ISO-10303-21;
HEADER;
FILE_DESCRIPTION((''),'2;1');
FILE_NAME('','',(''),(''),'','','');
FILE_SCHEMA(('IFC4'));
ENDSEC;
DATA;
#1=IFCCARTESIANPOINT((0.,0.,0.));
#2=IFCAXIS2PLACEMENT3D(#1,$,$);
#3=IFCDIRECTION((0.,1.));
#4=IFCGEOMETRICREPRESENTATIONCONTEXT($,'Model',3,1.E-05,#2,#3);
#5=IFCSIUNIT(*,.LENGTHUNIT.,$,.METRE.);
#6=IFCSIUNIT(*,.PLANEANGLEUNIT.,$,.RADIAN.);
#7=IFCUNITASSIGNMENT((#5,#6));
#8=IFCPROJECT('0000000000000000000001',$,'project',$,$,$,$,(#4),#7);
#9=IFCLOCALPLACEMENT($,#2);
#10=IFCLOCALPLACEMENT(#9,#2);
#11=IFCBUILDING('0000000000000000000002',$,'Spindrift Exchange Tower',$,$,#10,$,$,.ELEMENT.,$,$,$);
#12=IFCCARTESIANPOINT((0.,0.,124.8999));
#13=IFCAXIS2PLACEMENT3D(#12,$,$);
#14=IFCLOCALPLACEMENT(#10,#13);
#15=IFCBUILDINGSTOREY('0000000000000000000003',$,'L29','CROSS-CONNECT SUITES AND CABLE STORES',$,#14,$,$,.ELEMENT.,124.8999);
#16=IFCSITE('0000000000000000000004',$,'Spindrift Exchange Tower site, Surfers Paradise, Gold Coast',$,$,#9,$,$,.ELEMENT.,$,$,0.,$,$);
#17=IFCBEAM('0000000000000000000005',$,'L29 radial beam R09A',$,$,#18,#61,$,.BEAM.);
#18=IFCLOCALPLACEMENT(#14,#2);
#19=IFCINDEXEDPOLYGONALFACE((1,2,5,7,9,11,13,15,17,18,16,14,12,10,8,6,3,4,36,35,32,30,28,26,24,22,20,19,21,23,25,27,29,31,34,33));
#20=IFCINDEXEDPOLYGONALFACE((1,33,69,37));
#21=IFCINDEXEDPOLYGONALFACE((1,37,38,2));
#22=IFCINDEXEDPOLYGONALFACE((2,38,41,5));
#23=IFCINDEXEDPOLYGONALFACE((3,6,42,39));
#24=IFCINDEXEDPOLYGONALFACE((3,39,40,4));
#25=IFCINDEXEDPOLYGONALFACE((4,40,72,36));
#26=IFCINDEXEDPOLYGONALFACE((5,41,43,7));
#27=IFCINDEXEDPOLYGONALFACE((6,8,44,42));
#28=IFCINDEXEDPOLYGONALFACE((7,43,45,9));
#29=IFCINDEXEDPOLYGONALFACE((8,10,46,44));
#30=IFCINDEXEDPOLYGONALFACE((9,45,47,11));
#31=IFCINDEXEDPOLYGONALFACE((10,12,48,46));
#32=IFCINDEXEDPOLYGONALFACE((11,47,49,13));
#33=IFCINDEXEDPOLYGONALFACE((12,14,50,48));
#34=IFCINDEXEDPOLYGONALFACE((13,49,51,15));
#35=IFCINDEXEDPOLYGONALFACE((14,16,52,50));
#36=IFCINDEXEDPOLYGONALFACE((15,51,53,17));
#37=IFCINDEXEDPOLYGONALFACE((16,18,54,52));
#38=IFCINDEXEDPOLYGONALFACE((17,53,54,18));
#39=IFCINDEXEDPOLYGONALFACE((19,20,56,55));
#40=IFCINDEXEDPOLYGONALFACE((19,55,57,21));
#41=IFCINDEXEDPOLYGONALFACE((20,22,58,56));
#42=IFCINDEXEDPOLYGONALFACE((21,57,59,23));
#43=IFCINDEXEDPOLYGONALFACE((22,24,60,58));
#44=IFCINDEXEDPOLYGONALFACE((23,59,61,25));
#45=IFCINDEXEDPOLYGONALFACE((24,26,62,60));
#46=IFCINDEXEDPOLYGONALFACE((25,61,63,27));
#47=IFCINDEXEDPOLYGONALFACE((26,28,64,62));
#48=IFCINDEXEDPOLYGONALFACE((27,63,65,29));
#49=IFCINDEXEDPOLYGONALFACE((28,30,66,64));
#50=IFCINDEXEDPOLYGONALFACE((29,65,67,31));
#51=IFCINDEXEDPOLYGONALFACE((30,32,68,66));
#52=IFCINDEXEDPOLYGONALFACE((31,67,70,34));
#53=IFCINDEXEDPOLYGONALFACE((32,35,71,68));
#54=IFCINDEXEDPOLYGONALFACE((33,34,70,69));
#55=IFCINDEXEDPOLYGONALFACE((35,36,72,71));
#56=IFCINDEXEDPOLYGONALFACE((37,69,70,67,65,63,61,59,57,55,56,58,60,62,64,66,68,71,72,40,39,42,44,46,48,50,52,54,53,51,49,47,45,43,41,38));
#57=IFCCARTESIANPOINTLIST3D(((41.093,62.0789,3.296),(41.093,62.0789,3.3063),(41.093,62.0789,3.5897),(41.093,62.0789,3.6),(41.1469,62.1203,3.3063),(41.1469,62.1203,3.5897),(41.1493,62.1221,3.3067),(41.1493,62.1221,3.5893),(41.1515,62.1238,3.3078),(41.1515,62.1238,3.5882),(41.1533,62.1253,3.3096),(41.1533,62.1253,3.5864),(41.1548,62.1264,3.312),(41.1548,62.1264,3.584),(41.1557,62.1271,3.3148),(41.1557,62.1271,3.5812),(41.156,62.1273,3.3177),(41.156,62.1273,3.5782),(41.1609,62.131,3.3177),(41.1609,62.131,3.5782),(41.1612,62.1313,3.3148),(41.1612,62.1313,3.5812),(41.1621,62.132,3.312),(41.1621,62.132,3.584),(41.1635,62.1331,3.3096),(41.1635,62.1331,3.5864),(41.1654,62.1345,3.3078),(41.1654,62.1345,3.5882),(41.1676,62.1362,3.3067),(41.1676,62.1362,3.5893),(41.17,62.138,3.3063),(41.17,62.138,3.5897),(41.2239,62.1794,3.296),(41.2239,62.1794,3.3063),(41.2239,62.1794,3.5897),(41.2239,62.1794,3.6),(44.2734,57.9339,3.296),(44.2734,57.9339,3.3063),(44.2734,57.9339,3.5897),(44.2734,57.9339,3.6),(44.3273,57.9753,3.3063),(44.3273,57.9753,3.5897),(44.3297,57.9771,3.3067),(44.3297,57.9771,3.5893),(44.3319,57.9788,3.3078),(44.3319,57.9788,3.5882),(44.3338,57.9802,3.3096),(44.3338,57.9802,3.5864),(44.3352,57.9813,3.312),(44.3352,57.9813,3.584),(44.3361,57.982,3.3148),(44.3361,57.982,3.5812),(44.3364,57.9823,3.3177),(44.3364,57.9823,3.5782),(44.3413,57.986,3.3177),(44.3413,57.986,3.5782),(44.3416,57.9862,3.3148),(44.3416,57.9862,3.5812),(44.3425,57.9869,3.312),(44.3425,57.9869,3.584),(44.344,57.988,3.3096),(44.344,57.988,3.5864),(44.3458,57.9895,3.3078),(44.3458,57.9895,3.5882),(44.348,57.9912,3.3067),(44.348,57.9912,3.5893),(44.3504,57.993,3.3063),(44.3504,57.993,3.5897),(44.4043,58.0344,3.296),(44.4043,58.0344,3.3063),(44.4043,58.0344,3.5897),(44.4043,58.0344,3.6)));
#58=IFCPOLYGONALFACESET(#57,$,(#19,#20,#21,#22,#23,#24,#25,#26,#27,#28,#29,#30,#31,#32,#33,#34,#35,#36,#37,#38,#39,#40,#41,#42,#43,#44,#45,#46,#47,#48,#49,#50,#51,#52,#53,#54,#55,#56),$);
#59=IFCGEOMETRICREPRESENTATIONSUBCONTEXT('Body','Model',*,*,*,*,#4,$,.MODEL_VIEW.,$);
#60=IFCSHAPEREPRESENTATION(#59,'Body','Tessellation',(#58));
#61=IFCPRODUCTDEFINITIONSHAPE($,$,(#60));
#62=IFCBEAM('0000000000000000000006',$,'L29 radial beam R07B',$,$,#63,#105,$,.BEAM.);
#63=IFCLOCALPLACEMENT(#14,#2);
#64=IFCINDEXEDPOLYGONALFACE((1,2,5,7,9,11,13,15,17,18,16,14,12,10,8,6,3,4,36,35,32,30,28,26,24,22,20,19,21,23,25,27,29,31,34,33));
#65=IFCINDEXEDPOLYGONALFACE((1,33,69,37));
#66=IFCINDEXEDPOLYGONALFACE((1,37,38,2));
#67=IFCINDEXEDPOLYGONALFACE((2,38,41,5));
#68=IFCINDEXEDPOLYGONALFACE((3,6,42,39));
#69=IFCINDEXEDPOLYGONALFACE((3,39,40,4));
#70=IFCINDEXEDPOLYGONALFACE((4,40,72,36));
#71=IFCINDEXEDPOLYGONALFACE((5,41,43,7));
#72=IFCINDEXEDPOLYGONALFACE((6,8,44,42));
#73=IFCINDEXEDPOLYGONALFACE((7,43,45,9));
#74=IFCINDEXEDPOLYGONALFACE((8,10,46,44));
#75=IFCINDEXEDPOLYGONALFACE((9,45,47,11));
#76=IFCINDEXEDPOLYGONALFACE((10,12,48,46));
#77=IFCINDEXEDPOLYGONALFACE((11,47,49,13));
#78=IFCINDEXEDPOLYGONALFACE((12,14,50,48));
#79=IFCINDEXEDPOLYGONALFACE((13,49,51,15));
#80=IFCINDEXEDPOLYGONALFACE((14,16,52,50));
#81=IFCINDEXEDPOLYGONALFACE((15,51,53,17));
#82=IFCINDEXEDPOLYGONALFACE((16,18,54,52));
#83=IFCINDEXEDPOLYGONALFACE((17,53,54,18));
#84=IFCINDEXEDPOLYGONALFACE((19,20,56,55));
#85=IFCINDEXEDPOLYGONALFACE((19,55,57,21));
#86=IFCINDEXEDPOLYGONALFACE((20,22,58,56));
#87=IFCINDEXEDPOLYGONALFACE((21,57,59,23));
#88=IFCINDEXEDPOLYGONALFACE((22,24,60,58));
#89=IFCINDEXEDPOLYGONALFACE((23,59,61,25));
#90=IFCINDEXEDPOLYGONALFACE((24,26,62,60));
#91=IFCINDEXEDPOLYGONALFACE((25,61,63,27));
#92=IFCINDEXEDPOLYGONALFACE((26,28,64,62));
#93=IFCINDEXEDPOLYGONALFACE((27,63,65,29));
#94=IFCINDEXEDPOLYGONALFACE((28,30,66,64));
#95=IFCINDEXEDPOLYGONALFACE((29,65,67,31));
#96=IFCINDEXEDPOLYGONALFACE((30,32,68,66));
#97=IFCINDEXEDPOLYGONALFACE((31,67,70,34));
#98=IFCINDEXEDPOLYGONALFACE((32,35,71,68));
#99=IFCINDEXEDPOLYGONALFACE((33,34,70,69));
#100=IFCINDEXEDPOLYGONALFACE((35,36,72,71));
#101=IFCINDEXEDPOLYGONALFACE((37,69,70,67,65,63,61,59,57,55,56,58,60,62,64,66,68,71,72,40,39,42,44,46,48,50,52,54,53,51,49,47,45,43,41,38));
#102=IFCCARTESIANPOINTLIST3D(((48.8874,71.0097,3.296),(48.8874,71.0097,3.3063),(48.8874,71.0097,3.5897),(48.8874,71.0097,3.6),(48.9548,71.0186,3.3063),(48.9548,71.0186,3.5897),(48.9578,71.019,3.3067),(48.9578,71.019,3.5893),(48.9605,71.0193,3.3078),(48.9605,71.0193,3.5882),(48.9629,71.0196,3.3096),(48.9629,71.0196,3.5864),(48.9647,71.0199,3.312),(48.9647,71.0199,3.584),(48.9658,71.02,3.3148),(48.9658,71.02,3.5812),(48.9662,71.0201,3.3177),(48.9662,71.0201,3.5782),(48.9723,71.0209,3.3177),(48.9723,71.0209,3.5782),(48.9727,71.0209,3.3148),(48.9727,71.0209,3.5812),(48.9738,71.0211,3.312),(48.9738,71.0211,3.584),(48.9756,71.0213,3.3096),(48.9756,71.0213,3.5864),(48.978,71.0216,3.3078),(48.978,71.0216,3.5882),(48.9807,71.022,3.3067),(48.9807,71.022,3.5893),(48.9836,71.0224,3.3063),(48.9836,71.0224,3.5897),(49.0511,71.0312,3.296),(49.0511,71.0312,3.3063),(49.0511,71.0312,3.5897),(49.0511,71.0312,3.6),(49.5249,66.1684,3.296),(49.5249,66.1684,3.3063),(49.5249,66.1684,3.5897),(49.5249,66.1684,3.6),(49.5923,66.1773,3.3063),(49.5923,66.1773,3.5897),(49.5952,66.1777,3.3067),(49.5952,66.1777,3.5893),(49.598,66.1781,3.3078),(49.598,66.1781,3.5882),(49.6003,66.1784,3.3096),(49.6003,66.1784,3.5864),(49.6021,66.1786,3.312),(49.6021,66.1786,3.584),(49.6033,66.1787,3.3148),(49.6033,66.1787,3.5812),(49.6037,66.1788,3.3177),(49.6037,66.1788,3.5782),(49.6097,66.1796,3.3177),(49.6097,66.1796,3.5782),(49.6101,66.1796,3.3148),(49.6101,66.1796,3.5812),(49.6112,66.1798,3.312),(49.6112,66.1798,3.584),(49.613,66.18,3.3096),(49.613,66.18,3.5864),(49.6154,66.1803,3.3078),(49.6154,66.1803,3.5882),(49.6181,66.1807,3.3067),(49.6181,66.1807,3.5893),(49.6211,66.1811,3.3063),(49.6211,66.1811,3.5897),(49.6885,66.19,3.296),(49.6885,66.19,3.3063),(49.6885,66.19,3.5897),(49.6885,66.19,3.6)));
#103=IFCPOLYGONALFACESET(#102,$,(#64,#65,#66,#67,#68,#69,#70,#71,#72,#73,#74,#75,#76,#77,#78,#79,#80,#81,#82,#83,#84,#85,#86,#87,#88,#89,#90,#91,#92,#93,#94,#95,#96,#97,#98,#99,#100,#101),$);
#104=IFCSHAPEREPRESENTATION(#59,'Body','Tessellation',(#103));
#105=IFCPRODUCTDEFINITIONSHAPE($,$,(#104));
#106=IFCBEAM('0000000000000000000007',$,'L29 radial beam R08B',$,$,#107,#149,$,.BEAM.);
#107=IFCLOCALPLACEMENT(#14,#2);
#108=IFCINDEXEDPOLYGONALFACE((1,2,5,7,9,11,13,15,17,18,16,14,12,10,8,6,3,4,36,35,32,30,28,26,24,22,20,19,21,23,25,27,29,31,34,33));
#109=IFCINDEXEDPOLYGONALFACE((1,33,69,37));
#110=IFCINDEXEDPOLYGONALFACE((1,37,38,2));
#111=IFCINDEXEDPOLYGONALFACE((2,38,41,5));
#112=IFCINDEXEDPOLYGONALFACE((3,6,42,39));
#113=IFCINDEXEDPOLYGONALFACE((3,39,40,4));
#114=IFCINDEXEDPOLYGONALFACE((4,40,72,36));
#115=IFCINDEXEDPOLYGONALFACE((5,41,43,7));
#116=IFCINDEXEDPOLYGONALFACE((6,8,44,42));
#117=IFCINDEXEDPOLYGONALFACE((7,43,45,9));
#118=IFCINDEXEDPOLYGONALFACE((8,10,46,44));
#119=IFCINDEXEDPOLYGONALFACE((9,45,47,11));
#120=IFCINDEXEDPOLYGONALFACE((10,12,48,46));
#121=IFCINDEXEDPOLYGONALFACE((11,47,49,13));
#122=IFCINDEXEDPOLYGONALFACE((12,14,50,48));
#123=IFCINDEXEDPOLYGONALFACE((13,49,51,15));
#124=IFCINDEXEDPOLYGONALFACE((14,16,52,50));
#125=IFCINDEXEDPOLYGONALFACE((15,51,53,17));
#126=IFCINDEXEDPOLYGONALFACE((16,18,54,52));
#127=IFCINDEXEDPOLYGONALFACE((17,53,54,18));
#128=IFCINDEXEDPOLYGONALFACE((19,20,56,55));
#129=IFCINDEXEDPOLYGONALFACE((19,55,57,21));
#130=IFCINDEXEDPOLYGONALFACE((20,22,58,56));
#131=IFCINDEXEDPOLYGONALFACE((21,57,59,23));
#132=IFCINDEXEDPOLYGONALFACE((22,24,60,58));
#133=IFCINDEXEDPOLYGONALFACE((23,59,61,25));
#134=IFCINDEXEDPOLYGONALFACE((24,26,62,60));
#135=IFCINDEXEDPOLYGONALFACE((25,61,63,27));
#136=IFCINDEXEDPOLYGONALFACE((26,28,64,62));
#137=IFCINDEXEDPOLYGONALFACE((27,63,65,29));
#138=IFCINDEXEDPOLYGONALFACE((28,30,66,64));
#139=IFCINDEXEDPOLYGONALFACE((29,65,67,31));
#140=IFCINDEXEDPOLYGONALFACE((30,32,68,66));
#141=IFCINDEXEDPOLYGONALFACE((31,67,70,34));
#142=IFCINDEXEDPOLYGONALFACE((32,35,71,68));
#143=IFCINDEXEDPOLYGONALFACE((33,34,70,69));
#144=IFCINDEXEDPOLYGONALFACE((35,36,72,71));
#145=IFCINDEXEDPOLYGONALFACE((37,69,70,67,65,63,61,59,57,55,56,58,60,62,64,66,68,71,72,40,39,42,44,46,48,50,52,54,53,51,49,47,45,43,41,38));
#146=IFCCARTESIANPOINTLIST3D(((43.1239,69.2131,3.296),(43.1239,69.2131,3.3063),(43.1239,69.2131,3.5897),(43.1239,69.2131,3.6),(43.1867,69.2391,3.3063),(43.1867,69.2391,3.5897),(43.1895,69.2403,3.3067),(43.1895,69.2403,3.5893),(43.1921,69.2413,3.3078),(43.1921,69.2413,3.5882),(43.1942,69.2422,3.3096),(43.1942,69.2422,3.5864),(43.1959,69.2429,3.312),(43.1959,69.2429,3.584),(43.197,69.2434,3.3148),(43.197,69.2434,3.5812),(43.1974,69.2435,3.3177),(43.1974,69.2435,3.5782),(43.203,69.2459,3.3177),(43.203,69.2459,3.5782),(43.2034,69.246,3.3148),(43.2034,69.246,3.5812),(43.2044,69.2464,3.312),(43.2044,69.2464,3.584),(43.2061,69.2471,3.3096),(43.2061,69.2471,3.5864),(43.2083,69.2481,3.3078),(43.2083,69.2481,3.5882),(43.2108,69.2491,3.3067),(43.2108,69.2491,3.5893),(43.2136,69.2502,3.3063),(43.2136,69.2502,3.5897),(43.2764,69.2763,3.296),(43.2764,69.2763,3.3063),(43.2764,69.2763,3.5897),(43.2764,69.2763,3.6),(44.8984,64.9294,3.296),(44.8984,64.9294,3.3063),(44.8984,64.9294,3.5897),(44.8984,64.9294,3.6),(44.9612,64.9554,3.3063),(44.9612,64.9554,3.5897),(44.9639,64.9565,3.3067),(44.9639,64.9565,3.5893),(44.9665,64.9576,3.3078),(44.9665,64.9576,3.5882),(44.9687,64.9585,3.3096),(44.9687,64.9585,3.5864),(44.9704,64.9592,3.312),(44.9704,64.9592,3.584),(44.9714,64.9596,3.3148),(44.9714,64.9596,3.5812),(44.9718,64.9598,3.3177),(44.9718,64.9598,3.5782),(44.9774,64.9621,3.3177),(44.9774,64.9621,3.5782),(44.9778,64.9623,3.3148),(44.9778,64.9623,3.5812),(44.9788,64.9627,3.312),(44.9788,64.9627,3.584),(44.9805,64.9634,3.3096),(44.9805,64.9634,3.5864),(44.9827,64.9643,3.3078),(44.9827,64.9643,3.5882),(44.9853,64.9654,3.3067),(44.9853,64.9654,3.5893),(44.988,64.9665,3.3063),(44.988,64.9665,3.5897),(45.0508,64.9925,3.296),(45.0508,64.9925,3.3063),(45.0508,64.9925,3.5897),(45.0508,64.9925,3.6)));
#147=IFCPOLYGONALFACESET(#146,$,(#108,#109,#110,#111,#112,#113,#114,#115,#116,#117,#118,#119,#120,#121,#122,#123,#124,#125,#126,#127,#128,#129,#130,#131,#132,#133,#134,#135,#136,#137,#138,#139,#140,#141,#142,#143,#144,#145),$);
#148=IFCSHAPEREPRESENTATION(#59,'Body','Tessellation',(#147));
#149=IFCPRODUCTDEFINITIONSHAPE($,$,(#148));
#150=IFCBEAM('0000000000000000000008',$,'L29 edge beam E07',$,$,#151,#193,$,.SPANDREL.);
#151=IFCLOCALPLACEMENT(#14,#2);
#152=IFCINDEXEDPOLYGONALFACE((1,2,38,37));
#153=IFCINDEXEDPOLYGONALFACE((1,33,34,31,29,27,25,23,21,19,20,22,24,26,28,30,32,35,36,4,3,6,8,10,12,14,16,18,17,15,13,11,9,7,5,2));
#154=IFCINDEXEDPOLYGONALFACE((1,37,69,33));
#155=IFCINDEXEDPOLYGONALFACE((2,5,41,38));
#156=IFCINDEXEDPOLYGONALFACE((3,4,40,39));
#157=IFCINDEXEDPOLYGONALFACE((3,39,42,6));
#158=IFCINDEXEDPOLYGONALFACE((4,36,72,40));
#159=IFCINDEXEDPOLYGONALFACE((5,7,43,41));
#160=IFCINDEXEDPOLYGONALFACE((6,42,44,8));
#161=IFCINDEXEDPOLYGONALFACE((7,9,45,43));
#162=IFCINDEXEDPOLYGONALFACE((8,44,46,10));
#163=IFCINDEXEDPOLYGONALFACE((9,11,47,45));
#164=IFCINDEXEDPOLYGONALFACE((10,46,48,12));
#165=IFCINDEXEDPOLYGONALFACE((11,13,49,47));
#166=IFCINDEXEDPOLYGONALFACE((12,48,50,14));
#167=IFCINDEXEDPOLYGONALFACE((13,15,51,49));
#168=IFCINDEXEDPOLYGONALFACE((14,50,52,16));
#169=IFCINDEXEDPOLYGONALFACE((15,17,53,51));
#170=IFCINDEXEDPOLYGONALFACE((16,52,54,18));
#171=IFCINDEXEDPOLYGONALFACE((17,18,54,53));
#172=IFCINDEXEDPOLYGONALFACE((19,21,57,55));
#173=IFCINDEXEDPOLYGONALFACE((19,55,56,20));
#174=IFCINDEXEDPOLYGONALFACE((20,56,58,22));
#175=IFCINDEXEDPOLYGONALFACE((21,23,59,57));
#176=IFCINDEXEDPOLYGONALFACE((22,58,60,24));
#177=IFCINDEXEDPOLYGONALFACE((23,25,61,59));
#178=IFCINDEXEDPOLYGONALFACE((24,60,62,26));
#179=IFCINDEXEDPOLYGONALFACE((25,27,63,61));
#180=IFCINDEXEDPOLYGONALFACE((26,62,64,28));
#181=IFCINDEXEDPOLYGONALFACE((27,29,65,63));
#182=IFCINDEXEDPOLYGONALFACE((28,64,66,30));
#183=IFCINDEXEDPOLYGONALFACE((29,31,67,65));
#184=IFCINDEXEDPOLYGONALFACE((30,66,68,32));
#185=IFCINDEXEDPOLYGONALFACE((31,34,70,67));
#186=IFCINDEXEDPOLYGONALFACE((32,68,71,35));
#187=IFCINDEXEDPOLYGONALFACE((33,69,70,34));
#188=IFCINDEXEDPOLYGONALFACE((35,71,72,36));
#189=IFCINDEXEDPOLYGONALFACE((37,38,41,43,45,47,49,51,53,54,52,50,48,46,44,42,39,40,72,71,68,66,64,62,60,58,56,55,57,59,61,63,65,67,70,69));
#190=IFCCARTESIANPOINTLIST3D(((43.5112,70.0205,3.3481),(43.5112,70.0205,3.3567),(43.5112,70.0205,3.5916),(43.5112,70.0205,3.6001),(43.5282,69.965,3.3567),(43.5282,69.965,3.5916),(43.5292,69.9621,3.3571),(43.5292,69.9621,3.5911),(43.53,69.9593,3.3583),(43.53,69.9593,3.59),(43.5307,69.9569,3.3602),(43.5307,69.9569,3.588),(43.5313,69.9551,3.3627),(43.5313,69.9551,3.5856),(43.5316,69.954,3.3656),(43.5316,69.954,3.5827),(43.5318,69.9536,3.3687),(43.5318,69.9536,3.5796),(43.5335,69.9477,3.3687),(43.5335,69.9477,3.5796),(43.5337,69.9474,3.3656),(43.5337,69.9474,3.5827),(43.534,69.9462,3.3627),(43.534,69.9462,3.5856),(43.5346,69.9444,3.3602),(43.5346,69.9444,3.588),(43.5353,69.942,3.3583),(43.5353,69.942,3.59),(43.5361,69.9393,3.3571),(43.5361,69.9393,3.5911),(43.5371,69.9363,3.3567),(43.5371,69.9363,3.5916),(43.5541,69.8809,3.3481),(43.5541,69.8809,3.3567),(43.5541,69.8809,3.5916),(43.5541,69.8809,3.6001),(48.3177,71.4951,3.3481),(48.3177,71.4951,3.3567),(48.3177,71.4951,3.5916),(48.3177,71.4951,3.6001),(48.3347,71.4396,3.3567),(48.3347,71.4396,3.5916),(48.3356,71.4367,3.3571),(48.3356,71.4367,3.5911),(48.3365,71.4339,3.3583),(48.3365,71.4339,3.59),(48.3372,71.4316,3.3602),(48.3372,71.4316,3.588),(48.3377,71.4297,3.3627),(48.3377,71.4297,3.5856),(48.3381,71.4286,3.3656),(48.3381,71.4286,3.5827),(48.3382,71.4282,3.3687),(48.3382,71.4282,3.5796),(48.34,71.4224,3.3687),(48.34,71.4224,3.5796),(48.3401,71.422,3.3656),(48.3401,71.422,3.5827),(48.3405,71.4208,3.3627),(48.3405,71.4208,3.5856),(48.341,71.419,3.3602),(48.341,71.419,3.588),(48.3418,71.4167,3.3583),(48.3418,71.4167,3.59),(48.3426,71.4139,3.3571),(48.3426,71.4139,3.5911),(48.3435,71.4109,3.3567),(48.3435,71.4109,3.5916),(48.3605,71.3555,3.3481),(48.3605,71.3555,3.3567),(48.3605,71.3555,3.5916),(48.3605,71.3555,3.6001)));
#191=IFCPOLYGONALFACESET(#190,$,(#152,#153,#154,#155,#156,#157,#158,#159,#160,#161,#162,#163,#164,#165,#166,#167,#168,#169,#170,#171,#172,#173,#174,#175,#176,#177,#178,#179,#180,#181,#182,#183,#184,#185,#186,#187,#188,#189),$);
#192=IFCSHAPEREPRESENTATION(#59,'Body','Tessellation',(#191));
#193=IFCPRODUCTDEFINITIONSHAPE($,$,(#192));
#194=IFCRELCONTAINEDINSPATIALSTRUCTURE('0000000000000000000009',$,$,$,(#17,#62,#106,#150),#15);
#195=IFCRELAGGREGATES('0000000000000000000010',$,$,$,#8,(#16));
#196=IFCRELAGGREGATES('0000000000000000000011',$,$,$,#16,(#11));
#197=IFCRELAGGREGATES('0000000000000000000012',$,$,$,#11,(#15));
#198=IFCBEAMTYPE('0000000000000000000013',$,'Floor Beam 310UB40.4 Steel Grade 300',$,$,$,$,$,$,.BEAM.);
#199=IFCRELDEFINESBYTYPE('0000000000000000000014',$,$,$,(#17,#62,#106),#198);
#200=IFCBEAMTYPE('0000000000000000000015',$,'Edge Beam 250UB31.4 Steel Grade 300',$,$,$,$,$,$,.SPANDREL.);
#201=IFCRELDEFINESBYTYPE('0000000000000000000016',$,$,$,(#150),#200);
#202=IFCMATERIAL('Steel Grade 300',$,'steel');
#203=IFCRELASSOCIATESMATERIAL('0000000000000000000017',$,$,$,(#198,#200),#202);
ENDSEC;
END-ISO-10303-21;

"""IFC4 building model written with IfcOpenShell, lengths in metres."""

from ifc_helpers import new_model, si_unit, direction, frame, origin, origin_2d, place, context, subcontext, project, spatial, i_section, extrude, source, transform, mapped, material, material_profile, profile_set, type_object, element, save


model = new_model("IFC4")

# Units and contexts
model_context = context("Model", 3, precision=1e-05, world=origin(), true_north=direction((0.0, 1.0)))
body_context = subcontext(model_context, "Body", "Model", "MODEL_VIEW")
ifc_project = project(units=[si_unit("LENGTHUNIT", "METRE"), si_unit("PLANEANGLEUNIT", "RADIAN")], contexts=[model_context])

# Site, building, storey
site_placement = place(None, origin())
site = spatial("IfcSite", under=ifc_project, at=site_placement, Name="Spindrift Exchange Tower site, Surfers Paradise, Gold Coast", CompositionType="ELEMENT", RefElevation=0.0)
building_placement = place(site_placement, origin())
building = spatial("IfcBuilding", under=site, at=building_placement, Name="Spindrift Exchange Tower", CompositionType="ELEMENT")
storey_placement = place(building_placement, frame((0.0, 0.0, 124.8999)))
storey = spatial("IfcBuildingStorey", under=building, at=storey_placement, Name="L29", Description="CROSS-CONNECT SUITES AND CABLE STORES", CompositionType="ELEMENT", Elevation=124.8999)

# Beams
ifc_material_1 = material(Name="Steel Grade 300", Category="steel")
ifc_material_profile_1 = material_profile(ifc_material_1, i_section(OverallWidth=0.165, OverallDepth=0.304, WebThickness=0.0061, FlangeThickness=0.0103, FilletRadius=0.0115, at=origin_2d()), Name="310UB40.4")
ifc_profile_set_1 = profile_set([ifc_material_profile_1], Name="Steel Grade 300")
beam_type_1 = type_object("IfcBeamType", Name="Floor Beam 310UB40.4 Steel Grade 300", PredefinedType="BEAM", material=ifc_profile_set_1)
shared_shape_1 = source(origin(), body_context, "Body", "SweptSolid", [
    extrude(i_section(OverallWidth=0.165, OverallDepth=0.304, WebThickness=0.0061, FlangeThickness=0.0103, FilletRadius=0.0115, at=origin_2d()), origin(), (0.0, 0.0, 1.0), 5.2246),
])
beam_1_placement = place(storey_placement, frame((44.3389, 57.9841, 3.448), z_axis=(-0.608741, 0.793369, 0.0), x_axis=(-0.793369, -0.608741, 0.0)))
element("IfcBeam", 1, at=beam_1_placement, inside=storey, type_object=beam_type_1, Name="L29 radial beam R09A", PredefinedType="BEAM", context=body_context, shape_type="MappedRepresentation", body=[
    mapped(shared_shape_1, transform((0.0, 0.0, 0.0), scale=1.0)),
])
shared_shape_2 = source(origin(), body_context, "Body", "SweptSolid", [
    extrude(i_section(OverallWidth=0.165, OverallDepth=0.304, WebThickness=0.0061, FlangeThickness=0.0103, FilletRadius=0.0115, at=origin_2d()), origin(), (0.0, 0.0, 1.0), 4.8831),
])
beam_2_placement = place(storey_placement, frame((49.6067, 66.1792, 3.448), z_axis=(-0.130542, 0.991443, 0.0), x_axis=(-0.991443, -0.130542, 0.0)))
element("IfcBeam", 2, at=beam_2_placement, inside=storey, type_object=beam_type_1, Name="L29 radial beam R07B", PredefinedType="BEAM", context=body_context, shape_type="MappedRepresentation", body=[
    mapped(shared_shape_2, transform((0.0, 0.0, 0.0), scale=1.0)),
])
shared_shape_3 = source(origin(), body_context, "Body", "SweptSolid", [
    extrude(i_section(OverallWidth=0.165, OverallDepth=0.304, WebThickness=0.0061, FlangeThickness=0.0103, FilletRadius=0.0115, at=origin_2d()), origin(), (0.0, 0.0, 1.0), 4.6367),
])
beam_3_placement = place(storey_placement, frame((44.9746, 64.9609, 3.448), z_axis=(-0.382693, 0.923876, 0.0), x_axis=(-0.923876, -0.382693, 0.0)))
element("IfcBeam", 3, at=beam_3_placement, inside=storey, type_object=beam_type_1, Name="L29 radial beam R08B", PredefinedType="BEAM", context=body_context, shape_type="MappedRepresentation", body=[
    mapped(shared_shape_3, transform((0.0, 0.0, 0.0), scale=1.0)),
])
ifc_material_profile_2 = material_profile(ifc_material_1, i_section(OverallWidth=0.146, OverallDepth=0.252, WebThickness=0.0061, FlangeThickness=0.0085, FilletRadius=0.012, at=origin_2d()), Name="250UB31.4")
ifc_profile_set_2 = profile_set([ifc_material_profile_2], Name="Steel Grade 300")
beam_type_2 = type_object("IfcBeamType", Name="Edge Beam 250UB31.4 Steel Grade 300", PredefinedType="SPANDREL", material=ifc_profile_set_2)
shared_shape_4 = source(origin(), body_context, "Body", "SweptSolid", [
    extrude(i_section(OverallWidth=0.146, OverallDepth=0.252, WebThickness=0.0061, FlangeThickness=0.0085, FilletRadius=0.012, at=origin_2d()), origin(), (0.0, 0.0, 1.0), 5.0276),
])
beam_4_placement = place(storey_placement, frame((48.3391, 71.4253, 3.4741), z_axis=(-0.956018, -0.293308, 0.0), x_axis=(0.293308, -0.956018, 0.0)))
element("IfcBeam", 4, at=beam_4_placement, inside=storey, type_object=beam_type_2, Name="L29 edge beam E07", PredefinedType="SPANDREL", context=body_context, shape_type="MappedRepresentation", body=[
    mapped(shared_shape_4, transform((0.0, 0.0, 0.0), scale=1.0)),
])

save(model, "model.ifc")
